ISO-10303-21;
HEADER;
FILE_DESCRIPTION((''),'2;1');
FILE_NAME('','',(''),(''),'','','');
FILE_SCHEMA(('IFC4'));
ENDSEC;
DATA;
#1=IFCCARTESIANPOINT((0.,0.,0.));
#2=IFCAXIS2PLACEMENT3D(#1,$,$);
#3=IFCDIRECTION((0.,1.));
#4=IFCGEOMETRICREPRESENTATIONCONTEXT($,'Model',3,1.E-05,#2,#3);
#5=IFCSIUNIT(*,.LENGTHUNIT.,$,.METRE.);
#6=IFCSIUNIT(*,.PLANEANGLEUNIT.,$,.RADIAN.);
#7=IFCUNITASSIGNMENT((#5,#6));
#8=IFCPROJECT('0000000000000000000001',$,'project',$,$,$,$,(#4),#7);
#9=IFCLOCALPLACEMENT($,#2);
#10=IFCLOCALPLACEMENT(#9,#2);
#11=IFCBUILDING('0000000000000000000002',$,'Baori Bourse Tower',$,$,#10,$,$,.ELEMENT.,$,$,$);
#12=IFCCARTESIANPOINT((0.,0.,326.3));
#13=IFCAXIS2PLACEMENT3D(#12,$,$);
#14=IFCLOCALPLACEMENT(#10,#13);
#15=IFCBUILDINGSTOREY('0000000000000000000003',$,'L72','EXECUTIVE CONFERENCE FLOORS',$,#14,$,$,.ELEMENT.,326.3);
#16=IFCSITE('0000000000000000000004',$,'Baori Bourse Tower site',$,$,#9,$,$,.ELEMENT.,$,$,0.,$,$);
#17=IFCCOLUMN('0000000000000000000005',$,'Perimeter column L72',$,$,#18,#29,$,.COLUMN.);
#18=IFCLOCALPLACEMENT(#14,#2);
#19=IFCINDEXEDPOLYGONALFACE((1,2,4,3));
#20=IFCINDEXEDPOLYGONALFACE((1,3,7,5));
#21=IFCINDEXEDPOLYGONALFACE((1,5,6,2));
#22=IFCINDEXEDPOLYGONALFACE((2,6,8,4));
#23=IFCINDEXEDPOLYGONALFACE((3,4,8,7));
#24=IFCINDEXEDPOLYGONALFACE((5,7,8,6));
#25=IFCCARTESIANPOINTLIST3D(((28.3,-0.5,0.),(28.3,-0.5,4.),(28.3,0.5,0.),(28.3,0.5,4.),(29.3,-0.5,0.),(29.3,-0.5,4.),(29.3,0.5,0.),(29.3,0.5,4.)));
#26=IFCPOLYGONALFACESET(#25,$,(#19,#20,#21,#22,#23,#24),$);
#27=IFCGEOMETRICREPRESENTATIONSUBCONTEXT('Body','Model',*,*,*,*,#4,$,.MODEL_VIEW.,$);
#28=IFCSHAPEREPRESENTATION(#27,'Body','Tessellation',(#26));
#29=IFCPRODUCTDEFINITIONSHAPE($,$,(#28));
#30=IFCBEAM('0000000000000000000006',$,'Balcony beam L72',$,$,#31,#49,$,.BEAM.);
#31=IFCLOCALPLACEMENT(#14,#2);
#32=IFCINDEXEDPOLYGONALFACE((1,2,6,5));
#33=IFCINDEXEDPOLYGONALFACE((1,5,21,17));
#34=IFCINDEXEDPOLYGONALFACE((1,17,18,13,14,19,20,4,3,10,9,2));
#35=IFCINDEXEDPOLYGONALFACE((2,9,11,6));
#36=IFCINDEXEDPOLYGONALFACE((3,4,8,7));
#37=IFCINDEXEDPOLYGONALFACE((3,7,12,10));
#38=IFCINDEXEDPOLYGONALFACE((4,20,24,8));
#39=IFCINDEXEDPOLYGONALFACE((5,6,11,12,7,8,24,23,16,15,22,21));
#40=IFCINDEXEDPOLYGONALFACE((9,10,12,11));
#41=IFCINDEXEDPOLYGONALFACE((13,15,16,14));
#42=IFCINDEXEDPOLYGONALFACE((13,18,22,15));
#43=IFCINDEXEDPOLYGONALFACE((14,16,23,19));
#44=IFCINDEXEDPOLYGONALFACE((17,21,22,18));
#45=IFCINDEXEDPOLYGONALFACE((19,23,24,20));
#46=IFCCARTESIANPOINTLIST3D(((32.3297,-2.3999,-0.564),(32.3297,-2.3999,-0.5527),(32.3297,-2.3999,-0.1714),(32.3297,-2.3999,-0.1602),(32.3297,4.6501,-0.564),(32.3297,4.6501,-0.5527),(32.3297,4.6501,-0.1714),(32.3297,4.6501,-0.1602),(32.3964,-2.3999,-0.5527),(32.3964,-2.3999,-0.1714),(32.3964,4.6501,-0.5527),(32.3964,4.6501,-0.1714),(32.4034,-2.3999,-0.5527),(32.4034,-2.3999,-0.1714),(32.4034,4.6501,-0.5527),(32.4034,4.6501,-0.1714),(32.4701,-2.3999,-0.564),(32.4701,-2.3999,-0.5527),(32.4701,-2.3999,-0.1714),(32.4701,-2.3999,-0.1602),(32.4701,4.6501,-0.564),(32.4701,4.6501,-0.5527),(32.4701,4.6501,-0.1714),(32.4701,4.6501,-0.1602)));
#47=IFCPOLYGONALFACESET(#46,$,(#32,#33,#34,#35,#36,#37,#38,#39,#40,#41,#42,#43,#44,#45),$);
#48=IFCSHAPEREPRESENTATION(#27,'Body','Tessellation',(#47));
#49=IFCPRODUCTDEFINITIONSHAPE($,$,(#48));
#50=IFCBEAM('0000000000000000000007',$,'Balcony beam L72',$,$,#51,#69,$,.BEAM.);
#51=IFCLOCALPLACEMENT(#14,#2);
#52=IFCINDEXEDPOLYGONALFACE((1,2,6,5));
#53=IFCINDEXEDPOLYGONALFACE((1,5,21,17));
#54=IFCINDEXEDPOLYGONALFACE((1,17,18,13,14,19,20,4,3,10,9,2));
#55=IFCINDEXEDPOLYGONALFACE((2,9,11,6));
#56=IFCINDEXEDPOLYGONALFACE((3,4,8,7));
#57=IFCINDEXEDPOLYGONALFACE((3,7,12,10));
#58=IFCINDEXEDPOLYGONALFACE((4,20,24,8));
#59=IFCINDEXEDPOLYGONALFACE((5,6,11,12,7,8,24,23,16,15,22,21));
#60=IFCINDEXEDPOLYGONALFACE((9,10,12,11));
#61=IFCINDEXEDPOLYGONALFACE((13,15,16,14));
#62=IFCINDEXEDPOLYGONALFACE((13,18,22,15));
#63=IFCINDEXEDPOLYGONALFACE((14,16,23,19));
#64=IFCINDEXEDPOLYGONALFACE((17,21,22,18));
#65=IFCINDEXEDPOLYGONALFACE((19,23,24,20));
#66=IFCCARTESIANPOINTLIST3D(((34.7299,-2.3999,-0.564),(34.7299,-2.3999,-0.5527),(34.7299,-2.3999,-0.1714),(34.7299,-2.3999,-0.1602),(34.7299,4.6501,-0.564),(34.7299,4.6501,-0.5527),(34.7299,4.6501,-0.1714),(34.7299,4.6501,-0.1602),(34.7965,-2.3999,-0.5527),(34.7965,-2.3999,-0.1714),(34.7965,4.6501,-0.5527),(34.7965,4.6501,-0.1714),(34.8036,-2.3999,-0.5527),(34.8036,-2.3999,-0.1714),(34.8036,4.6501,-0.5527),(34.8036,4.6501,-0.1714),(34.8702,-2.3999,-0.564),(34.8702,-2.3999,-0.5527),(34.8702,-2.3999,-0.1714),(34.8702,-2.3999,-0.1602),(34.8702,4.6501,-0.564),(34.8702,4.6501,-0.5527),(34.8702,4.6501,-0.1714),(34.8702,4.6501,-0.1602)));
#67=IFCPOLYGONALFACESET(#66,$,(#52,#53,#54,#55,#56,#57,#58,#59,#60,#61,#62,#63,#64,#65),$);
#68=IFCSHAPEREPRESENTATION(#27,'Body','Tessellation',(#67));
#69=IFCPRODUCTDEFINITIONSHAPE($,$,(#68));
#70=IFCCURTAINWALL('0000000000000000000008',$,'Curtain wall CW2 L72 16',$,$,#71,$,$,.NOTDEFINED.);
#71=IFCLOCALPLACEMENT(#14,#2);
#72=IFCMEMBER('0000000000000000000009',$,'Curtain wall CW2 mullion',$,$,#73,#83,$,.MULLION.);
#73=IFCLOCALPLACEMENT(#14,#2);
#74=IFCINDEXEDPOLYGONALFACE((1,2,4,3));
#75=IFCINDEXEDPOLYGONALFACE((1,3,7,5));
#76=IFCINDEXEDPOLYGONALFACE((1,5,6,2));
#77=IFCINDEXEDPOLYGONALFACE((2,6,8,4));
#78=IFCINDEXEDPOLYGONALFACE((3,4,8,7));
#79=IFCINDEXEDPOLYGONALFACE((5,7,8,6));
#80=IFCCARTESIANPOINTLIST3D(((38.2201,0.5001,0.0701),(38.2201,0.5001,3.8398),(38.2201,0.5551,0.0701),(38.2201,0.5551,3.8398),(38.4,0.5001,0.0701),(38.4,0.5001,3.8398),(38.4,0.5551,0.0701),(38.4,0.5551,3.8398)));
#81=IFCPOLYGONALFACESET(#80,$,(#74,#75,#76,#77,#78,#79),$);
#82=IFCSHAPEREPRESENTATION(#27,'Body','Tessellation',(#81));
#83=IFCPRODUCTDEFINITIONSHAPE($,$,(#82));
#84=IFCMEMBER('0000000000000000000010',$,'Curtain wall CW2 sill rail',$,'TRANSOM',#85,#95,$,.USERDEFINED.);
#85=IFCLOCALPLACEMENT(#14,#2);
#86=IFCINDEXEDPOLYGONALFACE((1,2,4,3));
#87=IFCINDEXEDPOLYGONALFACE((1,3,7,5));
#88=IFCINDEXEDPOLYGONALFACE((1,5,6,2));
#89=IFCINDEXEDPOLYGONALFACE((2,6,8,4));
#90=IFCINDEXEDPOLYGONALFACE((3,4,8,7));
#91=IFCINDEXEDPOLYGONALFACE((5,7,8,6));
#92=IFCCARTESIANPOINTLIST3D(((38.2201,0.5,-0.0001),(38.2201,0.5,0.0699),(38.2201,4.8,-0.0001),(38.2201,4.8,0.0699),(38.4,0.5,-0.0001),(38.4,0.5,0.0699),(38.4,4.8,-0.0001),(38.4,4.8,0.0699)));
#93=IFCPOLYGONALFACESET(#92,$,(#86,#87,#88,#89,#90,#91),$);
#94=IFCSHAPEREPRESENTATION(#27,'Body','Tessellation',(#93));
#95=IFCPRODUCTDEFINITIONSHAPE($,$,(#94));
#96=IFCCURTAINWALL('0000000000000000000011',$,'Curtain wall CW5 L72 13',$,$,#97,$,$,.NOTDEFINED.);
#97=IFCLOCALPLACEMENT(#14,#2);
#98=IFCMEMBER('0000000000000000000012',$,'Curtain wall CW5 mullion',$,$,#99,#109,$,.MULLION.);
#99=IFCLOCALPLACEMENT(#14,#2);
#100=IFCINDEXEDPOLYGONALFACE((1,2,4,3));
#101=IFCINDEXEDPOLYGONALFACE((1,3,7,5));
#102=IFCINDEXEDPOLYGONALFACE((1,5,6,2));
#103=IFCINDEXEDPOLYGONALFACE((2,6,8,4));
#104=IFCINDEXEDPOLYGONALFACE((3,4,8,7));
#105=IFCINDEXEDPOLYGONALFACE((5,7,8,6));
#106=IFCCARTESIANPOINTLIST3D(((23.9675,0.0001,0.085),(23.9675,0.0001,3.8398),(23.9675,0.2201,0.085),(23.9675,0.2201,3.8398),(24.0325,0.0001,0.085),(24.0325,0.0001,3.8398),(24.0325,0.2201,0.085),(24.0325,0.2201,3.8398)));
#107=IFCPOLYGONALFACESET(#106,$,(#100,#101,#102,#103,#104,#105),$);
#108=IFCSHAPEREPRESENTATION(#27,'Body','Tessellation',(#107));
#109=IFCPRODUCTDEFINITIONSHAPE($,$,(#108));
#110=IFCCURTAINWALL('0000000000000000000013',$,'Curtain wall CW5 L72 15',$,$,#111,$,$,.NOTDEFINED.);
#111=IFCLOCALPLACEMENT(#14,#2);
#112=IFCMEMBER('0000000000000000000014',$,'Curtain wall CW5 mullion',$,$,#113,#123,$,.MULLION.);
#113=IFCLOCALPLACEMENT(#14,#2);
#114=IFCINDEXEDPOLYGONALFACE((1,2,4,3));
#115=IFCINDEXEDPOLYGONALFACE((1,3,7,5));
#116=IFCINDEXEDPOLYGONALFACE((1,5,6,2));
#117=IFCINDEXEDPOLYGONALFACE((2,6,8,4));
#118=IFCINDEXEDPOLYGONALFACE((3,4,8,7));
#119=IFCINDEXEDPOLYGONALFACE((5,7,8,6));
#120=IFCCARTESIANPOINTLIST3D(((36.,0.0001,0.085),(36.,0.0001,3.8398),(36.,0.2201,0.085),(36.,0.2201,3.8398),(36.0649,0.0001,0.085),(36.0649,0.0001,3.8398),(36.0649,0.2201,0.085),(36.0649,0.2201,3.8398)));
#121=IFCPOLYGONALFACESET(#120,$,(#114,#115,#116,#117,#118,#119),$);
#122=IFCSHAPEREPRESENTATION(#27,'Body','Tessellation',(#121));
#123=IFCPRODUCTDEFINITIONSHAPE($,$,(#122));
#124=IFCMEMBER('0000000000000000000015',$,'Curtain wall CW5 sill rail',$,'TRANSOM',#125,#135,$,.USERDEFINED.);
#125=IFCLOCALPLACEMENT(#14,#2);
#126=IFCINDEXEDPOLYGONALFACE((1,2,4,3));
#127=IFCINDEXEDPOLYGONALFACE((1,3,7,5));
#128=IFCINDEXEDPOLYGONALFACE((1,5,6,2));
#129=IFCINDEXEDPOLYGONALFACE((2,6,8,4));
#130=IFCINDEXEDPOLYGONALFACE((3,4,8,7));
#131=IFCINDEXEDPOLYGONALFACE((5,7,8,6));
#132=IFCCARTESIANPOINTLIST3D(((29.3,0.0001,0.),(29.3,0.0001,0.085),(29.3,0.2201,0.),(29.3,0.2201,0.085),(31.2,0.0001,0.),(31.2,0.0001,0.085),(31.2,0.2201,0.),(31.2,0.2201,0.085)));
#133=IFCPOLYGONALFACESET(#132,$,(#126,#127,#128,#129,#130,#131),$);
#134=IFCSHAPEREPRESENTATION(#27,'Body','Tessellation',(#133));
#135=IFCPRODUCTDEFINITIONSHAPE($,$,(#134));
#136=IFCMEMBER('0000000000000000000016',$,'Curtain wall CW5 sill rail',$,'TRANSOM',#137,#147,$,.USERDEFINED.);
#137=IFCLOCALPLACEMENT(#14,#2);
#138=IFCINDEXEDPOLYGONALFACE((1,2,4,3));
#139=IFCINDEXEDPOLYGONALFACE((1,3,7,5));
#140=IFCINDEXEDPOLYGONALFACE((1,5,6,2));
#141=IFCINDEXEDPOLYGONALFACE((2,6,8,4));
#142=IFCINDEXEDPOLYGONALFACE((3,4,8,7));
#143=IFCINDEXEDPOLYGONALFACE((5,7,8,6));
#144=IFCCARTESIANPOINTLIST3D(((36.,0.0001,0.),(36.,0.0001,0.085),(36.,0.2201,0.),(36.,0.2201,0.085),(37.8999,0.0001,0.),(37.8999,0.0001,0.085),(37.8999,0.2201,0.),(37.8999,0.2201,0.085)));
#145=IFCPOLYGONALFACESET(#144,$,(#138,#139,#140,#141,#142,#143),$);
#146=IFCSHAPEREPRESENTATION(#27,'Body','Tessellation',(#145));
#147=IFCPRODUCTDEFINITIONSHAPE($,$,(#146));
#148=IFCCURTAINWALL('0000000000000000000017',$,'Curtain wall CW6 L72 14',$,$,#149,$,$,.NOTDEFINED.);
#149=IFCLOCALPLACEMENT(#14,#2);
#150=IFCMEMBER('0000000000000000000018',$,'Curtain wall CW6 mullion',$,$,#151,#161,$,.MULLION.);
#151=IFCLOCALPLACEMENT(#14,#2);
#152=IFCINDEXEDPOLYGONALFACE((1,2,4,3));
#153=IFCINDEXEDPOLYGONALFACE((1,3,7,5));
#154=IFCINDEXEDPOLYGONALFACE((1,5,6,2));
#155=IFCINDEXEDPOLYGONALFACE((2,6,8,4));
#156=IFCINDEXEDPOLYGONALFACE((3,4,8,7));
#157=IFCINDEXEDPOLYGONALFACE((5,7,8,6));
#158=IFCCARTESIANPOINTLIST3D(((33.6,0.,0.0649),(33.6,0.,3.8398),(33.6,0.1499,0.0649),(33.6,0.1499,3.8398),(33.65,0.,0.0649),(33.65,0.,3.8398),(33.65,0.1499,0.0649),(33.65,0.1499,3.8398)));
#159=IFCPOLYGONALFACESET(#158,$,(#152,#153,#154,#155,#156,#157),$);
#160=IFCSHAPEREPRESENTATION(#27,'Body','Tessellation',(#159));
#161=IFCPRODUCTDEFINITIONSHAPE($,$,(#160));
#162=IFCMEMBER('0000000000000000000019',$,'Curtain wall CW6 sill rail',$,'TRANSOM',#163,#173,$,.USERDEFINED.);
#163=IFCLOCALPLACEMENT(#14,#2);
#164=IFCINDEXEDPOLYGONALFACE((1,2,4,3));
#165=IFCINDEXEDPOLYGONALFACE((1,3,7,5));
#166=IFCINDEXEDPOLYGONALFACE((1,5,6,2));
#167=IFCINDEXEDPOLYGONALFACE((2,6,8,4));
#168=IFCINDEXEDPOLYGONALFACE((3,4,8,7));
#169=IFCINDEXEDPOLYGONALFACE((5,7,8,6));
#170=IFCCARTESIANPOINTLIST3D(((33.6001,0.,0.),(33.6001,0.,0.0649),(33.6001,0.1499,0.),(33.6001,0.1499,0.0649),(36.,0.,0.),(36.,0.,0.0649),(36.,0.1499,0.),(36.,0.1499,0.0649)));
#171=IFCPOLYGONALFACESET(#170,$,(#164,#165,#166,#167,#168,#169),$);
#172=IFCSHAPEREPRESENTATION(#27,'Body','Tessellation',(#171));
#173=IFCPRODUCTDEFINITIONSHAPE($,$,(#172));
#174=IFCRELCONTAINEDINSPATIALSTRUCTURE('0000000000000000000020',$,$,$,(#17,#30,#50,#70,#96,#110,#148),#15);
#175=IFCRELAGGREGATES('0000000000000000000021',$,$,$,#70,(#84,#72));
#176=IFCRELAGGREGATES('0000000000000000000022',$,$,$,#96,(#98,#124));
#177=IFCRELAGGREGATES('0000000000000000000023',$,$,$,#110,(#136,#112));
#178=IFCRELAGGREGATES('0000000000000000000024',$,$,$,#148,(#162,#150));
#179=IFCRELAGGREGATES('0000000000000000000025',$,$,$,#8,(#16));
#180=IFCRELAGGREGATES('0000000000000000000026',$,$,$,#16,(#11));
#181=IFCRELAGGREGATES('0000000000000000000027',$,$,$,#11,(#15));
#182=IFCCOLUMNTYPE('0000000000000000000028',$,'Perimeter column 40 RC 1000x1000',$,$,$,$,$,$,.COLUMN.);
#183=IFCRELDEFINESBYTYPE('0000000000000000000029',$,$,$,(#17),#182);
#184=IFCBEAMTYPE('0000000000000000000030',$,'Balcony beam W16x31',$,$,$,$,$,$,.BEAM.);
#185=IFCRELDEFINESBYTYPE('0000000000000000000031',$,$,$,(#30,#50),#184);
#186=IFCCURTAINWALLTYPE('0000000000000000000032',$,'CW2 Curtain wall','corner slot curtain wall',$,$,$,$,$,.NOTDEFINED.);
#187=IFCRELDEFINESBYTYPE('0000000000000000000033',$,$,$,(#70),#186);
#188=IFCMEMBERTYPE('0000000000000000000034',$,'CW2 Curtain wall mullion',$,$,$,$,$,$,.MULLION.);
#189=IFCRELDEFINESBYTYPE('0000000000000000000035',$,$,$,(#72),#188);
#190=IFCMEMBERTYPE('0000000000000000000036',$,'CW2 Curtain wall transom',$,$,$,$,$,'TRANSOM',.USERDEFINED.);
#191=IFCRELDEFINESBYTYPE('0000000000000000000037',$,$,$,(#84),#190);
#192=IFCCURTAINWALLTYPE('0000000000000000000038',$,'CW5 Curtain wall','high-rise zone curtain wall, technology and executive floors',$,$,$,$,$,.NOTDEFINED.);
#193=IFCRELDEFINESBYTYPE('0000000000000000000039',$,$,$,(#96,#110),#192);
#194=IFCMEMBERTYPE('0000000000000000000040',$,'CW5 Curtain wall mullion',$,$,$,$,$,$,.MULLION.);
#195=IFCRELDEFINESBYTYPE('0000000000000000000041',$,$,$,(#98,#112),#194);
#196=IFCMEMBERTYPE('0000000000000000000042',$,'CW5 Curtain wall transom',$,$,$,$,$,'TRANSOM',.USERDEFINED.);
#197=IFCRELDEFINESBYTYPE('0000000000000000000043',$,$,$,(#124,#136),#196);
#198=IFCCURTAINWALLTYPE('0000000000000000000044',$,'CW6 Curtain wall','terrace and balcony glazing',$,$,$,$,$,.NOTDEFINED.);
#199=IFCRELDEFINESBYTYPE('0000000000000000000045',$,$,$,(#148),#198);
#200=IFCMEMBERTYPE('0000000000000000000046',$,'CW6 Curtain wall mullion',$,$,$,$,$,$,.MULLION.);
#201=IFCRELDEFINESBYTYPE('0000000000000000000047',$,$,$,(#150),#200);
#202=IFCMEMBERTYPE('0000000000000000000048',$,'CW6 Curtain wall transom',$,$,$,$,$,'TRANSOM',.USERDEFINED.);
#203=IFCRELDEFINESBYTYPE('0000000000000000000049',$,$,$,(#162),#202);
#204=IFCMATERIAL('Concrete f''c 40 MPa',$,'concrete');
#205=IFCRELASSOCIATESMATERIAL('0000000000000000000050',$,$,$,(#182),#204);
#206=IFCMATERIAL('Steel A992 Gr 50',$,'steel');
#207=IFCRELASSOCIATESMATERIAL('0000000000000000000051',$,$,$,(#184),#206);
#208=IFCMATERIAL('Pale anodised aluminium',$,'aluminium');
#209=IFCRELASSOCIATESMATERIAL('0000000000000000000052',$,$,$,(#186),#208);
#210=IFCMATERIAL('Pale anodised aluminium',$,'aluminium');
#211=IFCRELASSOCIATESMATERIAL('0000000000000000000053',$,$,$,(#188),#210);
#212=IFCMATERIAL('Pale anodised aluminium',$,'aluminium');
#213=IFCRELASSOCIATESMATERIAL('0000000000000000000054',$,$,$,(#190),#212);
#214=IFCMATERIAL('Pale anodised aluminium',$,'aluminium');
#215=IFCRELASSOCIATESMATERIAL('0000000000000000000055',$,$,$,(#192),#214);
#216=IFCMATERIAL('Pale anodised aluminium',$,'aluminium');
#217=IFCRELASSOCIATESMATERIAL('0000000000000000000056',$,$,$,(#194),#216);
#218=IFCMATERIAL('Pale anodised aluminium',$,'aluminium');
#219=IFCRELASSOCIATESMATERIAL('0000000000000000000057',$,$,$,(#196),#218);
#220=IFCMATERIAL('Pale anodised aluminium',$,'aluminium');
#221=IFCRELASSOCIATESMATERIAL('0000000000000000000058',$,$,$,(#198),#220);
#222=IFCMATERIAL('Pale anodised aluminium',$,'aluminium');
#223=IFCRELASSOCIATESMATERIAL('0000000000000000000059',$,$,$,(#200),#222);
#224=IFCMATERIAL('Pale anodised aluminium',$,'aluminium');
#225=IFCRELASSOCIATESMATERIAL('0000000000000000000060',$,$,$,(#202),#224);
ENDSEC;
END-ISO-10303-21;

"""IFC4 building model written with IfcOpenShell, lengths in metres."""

from ifc_helpers import new_model, si_unit, direction, frame, origin, origin_2d, place, context, subcontext, project, spatial, rectangle, i_section, extrude, material, material_profile, profile_set, type_object, element, aggregate, save


model = new_model("IFC4")

# Units and contexts
model_context = context("Model", 3, precision=1e-05, world=origin(), true_north=direction((0.0, 1.0)))
body_context = subcontext(model_context, "Body", "Model", "MODEL_VIEW")
ifc_project = project(units=[si_unit("LENGTHUNIT", "METRE"), si_unit("PLANEANGLEUNIT", "RADIAN")], contexts=[model_context])

# Site, building, storey
site_placement = place(None, origin())
site = spatial("IfcSite", under=ifc_project, at=site_placement, Name="Baori Bourse Tower site", CompositionType="ELEMENT", RefElevation=0.0)
building_placement = place(site_placement, origin())
building = spatial("IfcBuilding", under=site, at=building_placement, Name="Baori Bourse Tower", CompositionType="ELEMENT")
storey_placement = place(building_placement, frame((0.0, 0.0, 326.3)))
storey = spatial("IfcBuildingStorey", under=building, at=storey_placement, Name="L72", Description="EXECUTIVE CONFERENCE FLOORS", CompositionType="ELEMENT", Elevation=326.3)

# Column
ifc_material_1 = material(Name="Concrete f'c 40 MPa", Category="concrete")
ifc_material_profile_1 = material_profile(ifc_material_1, rectangle(XDim=1.0, YDim=1.0, at=origin_2d()), Name="RC 1000x1000")
ifc_profile_set_1 = profile_set([ifc_material_profile_1], Name="Concrete f'c 40 MPa")
column_type = type_object("IfcColumnType", Name="Perimeter column 40 RC 1000x1000", PredefinedType="COLUMN", material=ifc_profile_set_1)
column_placement = place(storey_placement, frame((28.8, 0.0, 0.0), z_axis=(0.0, 0.0, 1.0), x_axis=(1.0, 0.0, 0.0)))
element("IfcColumn", 1, at=column_placement, inside=storey, type_object=column_type, Name="Perimeter column L72", PredefinedType="COLUMN", context=body_context, shape_type="SweptSolid", body=[
    extrude(rectangle(XDim=1.0, YDim=1.0, at=origin_2d()), origin(), (0.0, 0.0, 1.0), 4.0),
])

# Beams
ifc_material_2 = material(Name="Steel A992 Gr 50", Category="steel")
ifc_material_profile_2 = material_profile(ifc_material_2, i_section(OverallWidth=0.1404, OverallDepth=0.4038, WebThickness=0.0071, FlangeThickness=0.0112, at=origin_2d()), Name="W16x31")
ifc_profile_set_2 = profile_set([ifc_material_profile_2], Name="Steel A992 Gr 50")
beam_type_1 = type_object("IfcBeamType", Name="Balcony beam W16x31", PredefinedType="BEAM", material=ifc_profile_set_2)
for number, where, z_axis, x_axis, name in (
    (2, (32.3999, -2.3999, -0.3621), (0.0, 1.0, 0.0), (-1.0, 0.0, 0.0), "Balcony beam L72"),
    (3, (34.8, -2.3999, -0.3621), (0.0, 1.0, 0.0), (-1.0, 0.0, 0.0), "Balcony beam L72"),
):
    element("IfcBeam", number, at=place(storey_placement, frame(where, z_axis=z_axis, x_axis=x_axis)), inside=storey, type_object=beam_type_1, Name=name, PredefinedType="BEAM", context=body_context, shape_type="SweptSolid", body=[
        extrude(i_section(OverallWidth=0.1404, OverallDepth=0.4038, WebThickness=0.0071, FlangeThickness=0.0112, at=origin_2d()), origin(), (0.0, 0.0, 1.0), 7.05),
    ])

# Curtain wall, members
ifc_material_3 = material(Name="Pale anodised aluminium", Category="aluminium")
curtain_wall_type_1 = type_object("IfcCurtainWallType", Name="CW2 Curtain wall", Description="corner slot curtain wall", PredefinedType="NOTDEFINED", material=ifc_material_3)
curtain_wall_1_placement = place(storey_placement, origin())
curtain_wall_1 = element("IfcCurtainWall", 4, at=curtain_wall_1_placement, inside=storey, type_object=curtain_wall_type_1, Name="Curtain wall CW2 L72 16", PredefinedType="NOTDEFINED")
ifc_material_4 = material(Name="Pale anodised aluminium", Category="aluminium")
ifc_material_profile_3 = material_profile(ifc_material_4, rectangle(XDim=0.1799, YDim=0.0549, at=origin_2d()), Name="Mullion 55x180")
ifc_profile_set_3 = profile_set([ifc_material_profile_3], Name="Pale anodised aluminium")
member_type_1 = type_object("IfcMemberType", Name="CW2 Curtain wall mullion", PredefinedType="MULLION", material=ifc_profile_set_3)
member_1_placement = place(storey_placement, frame((38.3101, 0.5276, 0.0701), z_axis=(0.0, 0.0, 1.0), x_axis=(-1.0, 0.0, 0.0)))
member_1 = element("IfcMember", 5, at=member_1_placement, type_object=member_type_1, Name="Curtain wall CW2 mullion", PredefinedType="MULLION", context=body_context, shape_type="SweptSolid", body=[
    extrude(rectangle(XDim=0.1799, YDim=0.0549, at=origin_2d()), origin(), (0.0, 0.0, 1.0), 3.7698),
])
ifc_material_5 = material(Name="Pale anodised aluminium", Category="aluminium")
ifc_material_profile_4 = material_profile(ifc_material_5, rectangle(XDim=0.1799, YDim=0.0701, at=origin_2d()), Name="Transom 70x180")
ifc_profile_set_4 = profile_set([ifc_material_profile_4], Name="Pale anodised aluminium")
member_type_2 = type_object("IfcMemberType", Name="CW2 Curtain wall transom", ElementType="TRANSOM", PredefinedType="USERDEFINED", material=ifc_profile_set_4)
member_2_placement = place(storey_placement, frame((38.3101, 0.5, 0.0349), z_axis=(0.0, 1.0, 0.0), x_axis=(-1.0, 0.0, 0.0)))
member_2 = element("IfcMember", 6, at=member_2_placement, type_object=member_type_2, Name="Curtain wall CW2 sill rail", ObjectType="TRANSOM", PredefinedType="USERDEFINED", context=body_context, shape_type="SweptSolid", body=[
    extrude(rectangle(XDim=0.1799, YDim=0.0701, at=origin_2d()), origin(), (0.0, 0.0, 1.0), 4.3),
])

# Curtain walls, members
ifc_material_6 = material(Name="Pale anodised aluminium", Category="aluminium")
curtain_wall_type_2 = type_object("IfcCurtainWallType", Name="CW5 Curtain wall", Description="high-rise zone curtain wall, technology and executive floors", PredefinedType="NOTDEFINED", material=ifc_material_6)
curtain_wall_2_placement = place(storey_placement, origin())
curtain_wall_2 = element("IfcCurtainWall", 7, at=curtain_wall_2_placement, inside=storey, type_object=curtain_wall_type_2, Name="Curtain wall CW5 L72 13", PredefinedType="NOTDEFINED")
ifc_material_7 = material(Name="Pale anodised aluminium", Category="aluminium")
ifc_material_profile_5 = material_profile(ifc_material_7, rectangle(XDim=0.22, YDim=0.0649, at=origin_2d()), Name="Mullion 65x220")
ifc_profile_set_5 = profile_set([ifc_material_profile_5], Name="Pale anodised aluminium")
member_type_3 = type_object("IfcMemberType", Name="CW5 Curtain wall mullion", PredefinedType="MULLION", material=ifc_profile_set_5)
member_3_placement = place(storey_placement, frame((24.0, 0.1101, 0.085), z_axis=(0.0, 0.0, 1.0), x_axis=(0.0, 1.0, 0.0)))
member_3 = element("IfcMember", 8, at=member_3_placement, type_object=member_type_3, Name="Curtain wall CW5 mullion", PredefinedType="MULLION", context=body_context, shape_type="SweptSolid", body=[
    extrude(rectangle(XDim=0.22, YDim=0.0649, at=origin_2d()), origin(), (0.0, 0.0, 1.0), 3.7549),
])
curtain_wall_3_placement = place(storey_placement, origin())
curtain_wall_3 = element("IfcCurtainWall", 9, at=curtain_wall_3_placement, inside=storey, type_object=curtain_wall_type_2, Name="Curtain wall CW5 L72 15", PredefinedType="NOTDEFINED")
member_4_placement = place(storey_placement, frame((36.0325, 0.1101, 0.085), z_axis=(0.0, 0.0, 1.0), x_axis=(0.0, 1.0, 0.0)))
member_4 = element("IfcMember", 10, at=member_4_placement, type_object=member_type_3, Name="Curtain wall CW5 mullion", PredefinedType="MULLION", context=body_context, shape_type="SweptSolid", body=[
    extrude(rectangle(XDim=0.22, YDim=0.0649, at=origin_2d()), origin(), (0.0, 0.0, 1.0), 3.7549),
])

# Members
ifc_material_8 = material(Name="Pale anodised aluminium", Category="aluminium")
ifc_material_profile_6 = material_profile(ifc_material_8, rectangle(XDim=0.22, YDim=0.085, at=origin_2d()), Name="Transom 85x220")
ifc_profile_set_6 = profile_set([ifc_material_profile_6], Name="Pale anodised aluminium")
member_type_4 = type_object("IfcMemberType", Name="CW5 Curtain wall transom", ElementType="TRANSOM", PredefinedType="USERDEFINED", material=ifc_profile_set_6)
member_5_placement = place(storey_placement, frame((29.3, 0.1101, 0.0425), z_axis=(1.0, 0.0, 0.0), x_axis=(0.0, 1.0, 0.0)))
member_5 = element("IfcMember", 11, at=member_5_placement, type_object=member_type_4, Name="Curtain wall CW5 sill rail", ObjectType="TRANSOM", PredefinedType="USERDEFINED", context=body_context, shape_type="SweptSolid", body=[
    extrude(rectangle(XDim=0.22, YDim=0.085, at=origin_2d()), origin(), (0.0, 0.0, 1.0), 1.8999),
])
member_6_placement = place(storey_placement, frame((36.0, 0.1101, 0.0425), z_axis=(1.0, 0.0, 0.0), x_axis=(0.0, 1.0, 0.0)))
member_6 = element("IfcMember", 12, at=member_6_placement, type_object=member_type_4, Name="Curtain wall CW5 sill rail", ObjectType="TRANSOM", PredefinedType="USERDEFINED", context=body_context, shape_type="SweptSolid", body=[
    extrude(rectangle(XDim=0.22, YDim=0.085, at=origin_2d()), origin(), (0.0, 0.0, 1.0), 1.8999),
])

# Curtain wall, members
ifc_material_9 = material(Name="Pale anodised aluminium", Category="aluminium")
curtain_wall_type_3 = type_object("IfcCurtainWallType", Name="CW6 Curtain wall", Description="terrace and balcony glazing", PredefinedType="NOTDEFINED", material=ifc_material_9)
curtain_wall_4_placement = place(storey_placement, origin())
curtain_wall_4 = element("IfcCurtainWall", 13, at=curtain_wall_4_placement, inside=storey, type_object=curtain_wall_type_3, Name="Curtain wall CW6 L72 14", PredefinedType="NOTDEFINED")
ifc_material_10 = material(Name="Pale anodised aluminium", Category="aluminium")
ifc_material_profile_7 = material_profile(ifc_material_10, rectangle(XDim=0.1499, YDim=0.05, at=origin_2d()), Name="Mullion 50x150")
ifc_profile_set_7 = profile_set([ifc_material_profile_7], Name="Pale anodised aluminium")
member_type_5 = type_object("IfcMemberType", Name="CW6 Curtain wall mullion", PredefinedType="MULLION", material=ifc_profile_set_7)
member_7_placement = place(storey_placement, frame((33.625, 0.075, 0.0649), z_axis=(0.0, 0.0, 1.0), x_axis=(0.0, 1.0, 0.0)))
member_7 = element("IfcMember", 14, at=member_7_placement, type_object=member_type_5, Name="Curtain wall CW6 mullion", PredefinedType="MULLION", context=body_context, shape_type="SweptSolid", body=[
    extrude(rectangle(XDim=0.1499, YDim=0.05, at=origin_2d()), origin(), (0.0, 0.0, 1.0), 3.7749),
])
ifc_material_11 = material(Name="Pale anodised aluminium", Category="aluminium")
ifc_material_profile_8 = material_profile(ifc_material_11, rectangle(XDim=0.1499, YDim=0.0649, at=origin_2d()), Name="Transom 65x150")
ifc_profile_set_8 = profile_set([ifc_material_profile_8], Name="Pale anodised aluminium")
member_type_6 = type_object("IfcMemberType", Name="CW6 Curtain wall transom", ElementType="TRANSOM", PredefinedType="USERDEFINED", material=ifc_profile_set_8)
member_8_placement = place(storey_placement, frame((33.6001, 0.075, 0.0325), z_axis=(1.0, 0.0, 0.0), x_axis=(0.0, 1.0, 0.0)))
member_8 = element("IfcMember", 15, at=member_8_placement, type_object=member_type_6, Name="Curtain wall CW6 sill rail", ObjectType="TRANSOM", PredefinedType="USERDEFINED", context=body_context, shape_type="SweptSolid", body=[
    extrude(rectangle(XDim=0.1499, YDim=0.0649, at=origin_2d()), origin(), (0.0, 0.0, 1.0), 2.3999),
])

aggregate(curtain_wall_1, [member_2, member_1])
aggregate(curtain_wall_2, [member_3, member_5])
aggregate(curtain_wall_3, [member_6, member_4])
aggregate(curtain_wall_4, [member_8, member_7])

save(model, "model.ifc")
